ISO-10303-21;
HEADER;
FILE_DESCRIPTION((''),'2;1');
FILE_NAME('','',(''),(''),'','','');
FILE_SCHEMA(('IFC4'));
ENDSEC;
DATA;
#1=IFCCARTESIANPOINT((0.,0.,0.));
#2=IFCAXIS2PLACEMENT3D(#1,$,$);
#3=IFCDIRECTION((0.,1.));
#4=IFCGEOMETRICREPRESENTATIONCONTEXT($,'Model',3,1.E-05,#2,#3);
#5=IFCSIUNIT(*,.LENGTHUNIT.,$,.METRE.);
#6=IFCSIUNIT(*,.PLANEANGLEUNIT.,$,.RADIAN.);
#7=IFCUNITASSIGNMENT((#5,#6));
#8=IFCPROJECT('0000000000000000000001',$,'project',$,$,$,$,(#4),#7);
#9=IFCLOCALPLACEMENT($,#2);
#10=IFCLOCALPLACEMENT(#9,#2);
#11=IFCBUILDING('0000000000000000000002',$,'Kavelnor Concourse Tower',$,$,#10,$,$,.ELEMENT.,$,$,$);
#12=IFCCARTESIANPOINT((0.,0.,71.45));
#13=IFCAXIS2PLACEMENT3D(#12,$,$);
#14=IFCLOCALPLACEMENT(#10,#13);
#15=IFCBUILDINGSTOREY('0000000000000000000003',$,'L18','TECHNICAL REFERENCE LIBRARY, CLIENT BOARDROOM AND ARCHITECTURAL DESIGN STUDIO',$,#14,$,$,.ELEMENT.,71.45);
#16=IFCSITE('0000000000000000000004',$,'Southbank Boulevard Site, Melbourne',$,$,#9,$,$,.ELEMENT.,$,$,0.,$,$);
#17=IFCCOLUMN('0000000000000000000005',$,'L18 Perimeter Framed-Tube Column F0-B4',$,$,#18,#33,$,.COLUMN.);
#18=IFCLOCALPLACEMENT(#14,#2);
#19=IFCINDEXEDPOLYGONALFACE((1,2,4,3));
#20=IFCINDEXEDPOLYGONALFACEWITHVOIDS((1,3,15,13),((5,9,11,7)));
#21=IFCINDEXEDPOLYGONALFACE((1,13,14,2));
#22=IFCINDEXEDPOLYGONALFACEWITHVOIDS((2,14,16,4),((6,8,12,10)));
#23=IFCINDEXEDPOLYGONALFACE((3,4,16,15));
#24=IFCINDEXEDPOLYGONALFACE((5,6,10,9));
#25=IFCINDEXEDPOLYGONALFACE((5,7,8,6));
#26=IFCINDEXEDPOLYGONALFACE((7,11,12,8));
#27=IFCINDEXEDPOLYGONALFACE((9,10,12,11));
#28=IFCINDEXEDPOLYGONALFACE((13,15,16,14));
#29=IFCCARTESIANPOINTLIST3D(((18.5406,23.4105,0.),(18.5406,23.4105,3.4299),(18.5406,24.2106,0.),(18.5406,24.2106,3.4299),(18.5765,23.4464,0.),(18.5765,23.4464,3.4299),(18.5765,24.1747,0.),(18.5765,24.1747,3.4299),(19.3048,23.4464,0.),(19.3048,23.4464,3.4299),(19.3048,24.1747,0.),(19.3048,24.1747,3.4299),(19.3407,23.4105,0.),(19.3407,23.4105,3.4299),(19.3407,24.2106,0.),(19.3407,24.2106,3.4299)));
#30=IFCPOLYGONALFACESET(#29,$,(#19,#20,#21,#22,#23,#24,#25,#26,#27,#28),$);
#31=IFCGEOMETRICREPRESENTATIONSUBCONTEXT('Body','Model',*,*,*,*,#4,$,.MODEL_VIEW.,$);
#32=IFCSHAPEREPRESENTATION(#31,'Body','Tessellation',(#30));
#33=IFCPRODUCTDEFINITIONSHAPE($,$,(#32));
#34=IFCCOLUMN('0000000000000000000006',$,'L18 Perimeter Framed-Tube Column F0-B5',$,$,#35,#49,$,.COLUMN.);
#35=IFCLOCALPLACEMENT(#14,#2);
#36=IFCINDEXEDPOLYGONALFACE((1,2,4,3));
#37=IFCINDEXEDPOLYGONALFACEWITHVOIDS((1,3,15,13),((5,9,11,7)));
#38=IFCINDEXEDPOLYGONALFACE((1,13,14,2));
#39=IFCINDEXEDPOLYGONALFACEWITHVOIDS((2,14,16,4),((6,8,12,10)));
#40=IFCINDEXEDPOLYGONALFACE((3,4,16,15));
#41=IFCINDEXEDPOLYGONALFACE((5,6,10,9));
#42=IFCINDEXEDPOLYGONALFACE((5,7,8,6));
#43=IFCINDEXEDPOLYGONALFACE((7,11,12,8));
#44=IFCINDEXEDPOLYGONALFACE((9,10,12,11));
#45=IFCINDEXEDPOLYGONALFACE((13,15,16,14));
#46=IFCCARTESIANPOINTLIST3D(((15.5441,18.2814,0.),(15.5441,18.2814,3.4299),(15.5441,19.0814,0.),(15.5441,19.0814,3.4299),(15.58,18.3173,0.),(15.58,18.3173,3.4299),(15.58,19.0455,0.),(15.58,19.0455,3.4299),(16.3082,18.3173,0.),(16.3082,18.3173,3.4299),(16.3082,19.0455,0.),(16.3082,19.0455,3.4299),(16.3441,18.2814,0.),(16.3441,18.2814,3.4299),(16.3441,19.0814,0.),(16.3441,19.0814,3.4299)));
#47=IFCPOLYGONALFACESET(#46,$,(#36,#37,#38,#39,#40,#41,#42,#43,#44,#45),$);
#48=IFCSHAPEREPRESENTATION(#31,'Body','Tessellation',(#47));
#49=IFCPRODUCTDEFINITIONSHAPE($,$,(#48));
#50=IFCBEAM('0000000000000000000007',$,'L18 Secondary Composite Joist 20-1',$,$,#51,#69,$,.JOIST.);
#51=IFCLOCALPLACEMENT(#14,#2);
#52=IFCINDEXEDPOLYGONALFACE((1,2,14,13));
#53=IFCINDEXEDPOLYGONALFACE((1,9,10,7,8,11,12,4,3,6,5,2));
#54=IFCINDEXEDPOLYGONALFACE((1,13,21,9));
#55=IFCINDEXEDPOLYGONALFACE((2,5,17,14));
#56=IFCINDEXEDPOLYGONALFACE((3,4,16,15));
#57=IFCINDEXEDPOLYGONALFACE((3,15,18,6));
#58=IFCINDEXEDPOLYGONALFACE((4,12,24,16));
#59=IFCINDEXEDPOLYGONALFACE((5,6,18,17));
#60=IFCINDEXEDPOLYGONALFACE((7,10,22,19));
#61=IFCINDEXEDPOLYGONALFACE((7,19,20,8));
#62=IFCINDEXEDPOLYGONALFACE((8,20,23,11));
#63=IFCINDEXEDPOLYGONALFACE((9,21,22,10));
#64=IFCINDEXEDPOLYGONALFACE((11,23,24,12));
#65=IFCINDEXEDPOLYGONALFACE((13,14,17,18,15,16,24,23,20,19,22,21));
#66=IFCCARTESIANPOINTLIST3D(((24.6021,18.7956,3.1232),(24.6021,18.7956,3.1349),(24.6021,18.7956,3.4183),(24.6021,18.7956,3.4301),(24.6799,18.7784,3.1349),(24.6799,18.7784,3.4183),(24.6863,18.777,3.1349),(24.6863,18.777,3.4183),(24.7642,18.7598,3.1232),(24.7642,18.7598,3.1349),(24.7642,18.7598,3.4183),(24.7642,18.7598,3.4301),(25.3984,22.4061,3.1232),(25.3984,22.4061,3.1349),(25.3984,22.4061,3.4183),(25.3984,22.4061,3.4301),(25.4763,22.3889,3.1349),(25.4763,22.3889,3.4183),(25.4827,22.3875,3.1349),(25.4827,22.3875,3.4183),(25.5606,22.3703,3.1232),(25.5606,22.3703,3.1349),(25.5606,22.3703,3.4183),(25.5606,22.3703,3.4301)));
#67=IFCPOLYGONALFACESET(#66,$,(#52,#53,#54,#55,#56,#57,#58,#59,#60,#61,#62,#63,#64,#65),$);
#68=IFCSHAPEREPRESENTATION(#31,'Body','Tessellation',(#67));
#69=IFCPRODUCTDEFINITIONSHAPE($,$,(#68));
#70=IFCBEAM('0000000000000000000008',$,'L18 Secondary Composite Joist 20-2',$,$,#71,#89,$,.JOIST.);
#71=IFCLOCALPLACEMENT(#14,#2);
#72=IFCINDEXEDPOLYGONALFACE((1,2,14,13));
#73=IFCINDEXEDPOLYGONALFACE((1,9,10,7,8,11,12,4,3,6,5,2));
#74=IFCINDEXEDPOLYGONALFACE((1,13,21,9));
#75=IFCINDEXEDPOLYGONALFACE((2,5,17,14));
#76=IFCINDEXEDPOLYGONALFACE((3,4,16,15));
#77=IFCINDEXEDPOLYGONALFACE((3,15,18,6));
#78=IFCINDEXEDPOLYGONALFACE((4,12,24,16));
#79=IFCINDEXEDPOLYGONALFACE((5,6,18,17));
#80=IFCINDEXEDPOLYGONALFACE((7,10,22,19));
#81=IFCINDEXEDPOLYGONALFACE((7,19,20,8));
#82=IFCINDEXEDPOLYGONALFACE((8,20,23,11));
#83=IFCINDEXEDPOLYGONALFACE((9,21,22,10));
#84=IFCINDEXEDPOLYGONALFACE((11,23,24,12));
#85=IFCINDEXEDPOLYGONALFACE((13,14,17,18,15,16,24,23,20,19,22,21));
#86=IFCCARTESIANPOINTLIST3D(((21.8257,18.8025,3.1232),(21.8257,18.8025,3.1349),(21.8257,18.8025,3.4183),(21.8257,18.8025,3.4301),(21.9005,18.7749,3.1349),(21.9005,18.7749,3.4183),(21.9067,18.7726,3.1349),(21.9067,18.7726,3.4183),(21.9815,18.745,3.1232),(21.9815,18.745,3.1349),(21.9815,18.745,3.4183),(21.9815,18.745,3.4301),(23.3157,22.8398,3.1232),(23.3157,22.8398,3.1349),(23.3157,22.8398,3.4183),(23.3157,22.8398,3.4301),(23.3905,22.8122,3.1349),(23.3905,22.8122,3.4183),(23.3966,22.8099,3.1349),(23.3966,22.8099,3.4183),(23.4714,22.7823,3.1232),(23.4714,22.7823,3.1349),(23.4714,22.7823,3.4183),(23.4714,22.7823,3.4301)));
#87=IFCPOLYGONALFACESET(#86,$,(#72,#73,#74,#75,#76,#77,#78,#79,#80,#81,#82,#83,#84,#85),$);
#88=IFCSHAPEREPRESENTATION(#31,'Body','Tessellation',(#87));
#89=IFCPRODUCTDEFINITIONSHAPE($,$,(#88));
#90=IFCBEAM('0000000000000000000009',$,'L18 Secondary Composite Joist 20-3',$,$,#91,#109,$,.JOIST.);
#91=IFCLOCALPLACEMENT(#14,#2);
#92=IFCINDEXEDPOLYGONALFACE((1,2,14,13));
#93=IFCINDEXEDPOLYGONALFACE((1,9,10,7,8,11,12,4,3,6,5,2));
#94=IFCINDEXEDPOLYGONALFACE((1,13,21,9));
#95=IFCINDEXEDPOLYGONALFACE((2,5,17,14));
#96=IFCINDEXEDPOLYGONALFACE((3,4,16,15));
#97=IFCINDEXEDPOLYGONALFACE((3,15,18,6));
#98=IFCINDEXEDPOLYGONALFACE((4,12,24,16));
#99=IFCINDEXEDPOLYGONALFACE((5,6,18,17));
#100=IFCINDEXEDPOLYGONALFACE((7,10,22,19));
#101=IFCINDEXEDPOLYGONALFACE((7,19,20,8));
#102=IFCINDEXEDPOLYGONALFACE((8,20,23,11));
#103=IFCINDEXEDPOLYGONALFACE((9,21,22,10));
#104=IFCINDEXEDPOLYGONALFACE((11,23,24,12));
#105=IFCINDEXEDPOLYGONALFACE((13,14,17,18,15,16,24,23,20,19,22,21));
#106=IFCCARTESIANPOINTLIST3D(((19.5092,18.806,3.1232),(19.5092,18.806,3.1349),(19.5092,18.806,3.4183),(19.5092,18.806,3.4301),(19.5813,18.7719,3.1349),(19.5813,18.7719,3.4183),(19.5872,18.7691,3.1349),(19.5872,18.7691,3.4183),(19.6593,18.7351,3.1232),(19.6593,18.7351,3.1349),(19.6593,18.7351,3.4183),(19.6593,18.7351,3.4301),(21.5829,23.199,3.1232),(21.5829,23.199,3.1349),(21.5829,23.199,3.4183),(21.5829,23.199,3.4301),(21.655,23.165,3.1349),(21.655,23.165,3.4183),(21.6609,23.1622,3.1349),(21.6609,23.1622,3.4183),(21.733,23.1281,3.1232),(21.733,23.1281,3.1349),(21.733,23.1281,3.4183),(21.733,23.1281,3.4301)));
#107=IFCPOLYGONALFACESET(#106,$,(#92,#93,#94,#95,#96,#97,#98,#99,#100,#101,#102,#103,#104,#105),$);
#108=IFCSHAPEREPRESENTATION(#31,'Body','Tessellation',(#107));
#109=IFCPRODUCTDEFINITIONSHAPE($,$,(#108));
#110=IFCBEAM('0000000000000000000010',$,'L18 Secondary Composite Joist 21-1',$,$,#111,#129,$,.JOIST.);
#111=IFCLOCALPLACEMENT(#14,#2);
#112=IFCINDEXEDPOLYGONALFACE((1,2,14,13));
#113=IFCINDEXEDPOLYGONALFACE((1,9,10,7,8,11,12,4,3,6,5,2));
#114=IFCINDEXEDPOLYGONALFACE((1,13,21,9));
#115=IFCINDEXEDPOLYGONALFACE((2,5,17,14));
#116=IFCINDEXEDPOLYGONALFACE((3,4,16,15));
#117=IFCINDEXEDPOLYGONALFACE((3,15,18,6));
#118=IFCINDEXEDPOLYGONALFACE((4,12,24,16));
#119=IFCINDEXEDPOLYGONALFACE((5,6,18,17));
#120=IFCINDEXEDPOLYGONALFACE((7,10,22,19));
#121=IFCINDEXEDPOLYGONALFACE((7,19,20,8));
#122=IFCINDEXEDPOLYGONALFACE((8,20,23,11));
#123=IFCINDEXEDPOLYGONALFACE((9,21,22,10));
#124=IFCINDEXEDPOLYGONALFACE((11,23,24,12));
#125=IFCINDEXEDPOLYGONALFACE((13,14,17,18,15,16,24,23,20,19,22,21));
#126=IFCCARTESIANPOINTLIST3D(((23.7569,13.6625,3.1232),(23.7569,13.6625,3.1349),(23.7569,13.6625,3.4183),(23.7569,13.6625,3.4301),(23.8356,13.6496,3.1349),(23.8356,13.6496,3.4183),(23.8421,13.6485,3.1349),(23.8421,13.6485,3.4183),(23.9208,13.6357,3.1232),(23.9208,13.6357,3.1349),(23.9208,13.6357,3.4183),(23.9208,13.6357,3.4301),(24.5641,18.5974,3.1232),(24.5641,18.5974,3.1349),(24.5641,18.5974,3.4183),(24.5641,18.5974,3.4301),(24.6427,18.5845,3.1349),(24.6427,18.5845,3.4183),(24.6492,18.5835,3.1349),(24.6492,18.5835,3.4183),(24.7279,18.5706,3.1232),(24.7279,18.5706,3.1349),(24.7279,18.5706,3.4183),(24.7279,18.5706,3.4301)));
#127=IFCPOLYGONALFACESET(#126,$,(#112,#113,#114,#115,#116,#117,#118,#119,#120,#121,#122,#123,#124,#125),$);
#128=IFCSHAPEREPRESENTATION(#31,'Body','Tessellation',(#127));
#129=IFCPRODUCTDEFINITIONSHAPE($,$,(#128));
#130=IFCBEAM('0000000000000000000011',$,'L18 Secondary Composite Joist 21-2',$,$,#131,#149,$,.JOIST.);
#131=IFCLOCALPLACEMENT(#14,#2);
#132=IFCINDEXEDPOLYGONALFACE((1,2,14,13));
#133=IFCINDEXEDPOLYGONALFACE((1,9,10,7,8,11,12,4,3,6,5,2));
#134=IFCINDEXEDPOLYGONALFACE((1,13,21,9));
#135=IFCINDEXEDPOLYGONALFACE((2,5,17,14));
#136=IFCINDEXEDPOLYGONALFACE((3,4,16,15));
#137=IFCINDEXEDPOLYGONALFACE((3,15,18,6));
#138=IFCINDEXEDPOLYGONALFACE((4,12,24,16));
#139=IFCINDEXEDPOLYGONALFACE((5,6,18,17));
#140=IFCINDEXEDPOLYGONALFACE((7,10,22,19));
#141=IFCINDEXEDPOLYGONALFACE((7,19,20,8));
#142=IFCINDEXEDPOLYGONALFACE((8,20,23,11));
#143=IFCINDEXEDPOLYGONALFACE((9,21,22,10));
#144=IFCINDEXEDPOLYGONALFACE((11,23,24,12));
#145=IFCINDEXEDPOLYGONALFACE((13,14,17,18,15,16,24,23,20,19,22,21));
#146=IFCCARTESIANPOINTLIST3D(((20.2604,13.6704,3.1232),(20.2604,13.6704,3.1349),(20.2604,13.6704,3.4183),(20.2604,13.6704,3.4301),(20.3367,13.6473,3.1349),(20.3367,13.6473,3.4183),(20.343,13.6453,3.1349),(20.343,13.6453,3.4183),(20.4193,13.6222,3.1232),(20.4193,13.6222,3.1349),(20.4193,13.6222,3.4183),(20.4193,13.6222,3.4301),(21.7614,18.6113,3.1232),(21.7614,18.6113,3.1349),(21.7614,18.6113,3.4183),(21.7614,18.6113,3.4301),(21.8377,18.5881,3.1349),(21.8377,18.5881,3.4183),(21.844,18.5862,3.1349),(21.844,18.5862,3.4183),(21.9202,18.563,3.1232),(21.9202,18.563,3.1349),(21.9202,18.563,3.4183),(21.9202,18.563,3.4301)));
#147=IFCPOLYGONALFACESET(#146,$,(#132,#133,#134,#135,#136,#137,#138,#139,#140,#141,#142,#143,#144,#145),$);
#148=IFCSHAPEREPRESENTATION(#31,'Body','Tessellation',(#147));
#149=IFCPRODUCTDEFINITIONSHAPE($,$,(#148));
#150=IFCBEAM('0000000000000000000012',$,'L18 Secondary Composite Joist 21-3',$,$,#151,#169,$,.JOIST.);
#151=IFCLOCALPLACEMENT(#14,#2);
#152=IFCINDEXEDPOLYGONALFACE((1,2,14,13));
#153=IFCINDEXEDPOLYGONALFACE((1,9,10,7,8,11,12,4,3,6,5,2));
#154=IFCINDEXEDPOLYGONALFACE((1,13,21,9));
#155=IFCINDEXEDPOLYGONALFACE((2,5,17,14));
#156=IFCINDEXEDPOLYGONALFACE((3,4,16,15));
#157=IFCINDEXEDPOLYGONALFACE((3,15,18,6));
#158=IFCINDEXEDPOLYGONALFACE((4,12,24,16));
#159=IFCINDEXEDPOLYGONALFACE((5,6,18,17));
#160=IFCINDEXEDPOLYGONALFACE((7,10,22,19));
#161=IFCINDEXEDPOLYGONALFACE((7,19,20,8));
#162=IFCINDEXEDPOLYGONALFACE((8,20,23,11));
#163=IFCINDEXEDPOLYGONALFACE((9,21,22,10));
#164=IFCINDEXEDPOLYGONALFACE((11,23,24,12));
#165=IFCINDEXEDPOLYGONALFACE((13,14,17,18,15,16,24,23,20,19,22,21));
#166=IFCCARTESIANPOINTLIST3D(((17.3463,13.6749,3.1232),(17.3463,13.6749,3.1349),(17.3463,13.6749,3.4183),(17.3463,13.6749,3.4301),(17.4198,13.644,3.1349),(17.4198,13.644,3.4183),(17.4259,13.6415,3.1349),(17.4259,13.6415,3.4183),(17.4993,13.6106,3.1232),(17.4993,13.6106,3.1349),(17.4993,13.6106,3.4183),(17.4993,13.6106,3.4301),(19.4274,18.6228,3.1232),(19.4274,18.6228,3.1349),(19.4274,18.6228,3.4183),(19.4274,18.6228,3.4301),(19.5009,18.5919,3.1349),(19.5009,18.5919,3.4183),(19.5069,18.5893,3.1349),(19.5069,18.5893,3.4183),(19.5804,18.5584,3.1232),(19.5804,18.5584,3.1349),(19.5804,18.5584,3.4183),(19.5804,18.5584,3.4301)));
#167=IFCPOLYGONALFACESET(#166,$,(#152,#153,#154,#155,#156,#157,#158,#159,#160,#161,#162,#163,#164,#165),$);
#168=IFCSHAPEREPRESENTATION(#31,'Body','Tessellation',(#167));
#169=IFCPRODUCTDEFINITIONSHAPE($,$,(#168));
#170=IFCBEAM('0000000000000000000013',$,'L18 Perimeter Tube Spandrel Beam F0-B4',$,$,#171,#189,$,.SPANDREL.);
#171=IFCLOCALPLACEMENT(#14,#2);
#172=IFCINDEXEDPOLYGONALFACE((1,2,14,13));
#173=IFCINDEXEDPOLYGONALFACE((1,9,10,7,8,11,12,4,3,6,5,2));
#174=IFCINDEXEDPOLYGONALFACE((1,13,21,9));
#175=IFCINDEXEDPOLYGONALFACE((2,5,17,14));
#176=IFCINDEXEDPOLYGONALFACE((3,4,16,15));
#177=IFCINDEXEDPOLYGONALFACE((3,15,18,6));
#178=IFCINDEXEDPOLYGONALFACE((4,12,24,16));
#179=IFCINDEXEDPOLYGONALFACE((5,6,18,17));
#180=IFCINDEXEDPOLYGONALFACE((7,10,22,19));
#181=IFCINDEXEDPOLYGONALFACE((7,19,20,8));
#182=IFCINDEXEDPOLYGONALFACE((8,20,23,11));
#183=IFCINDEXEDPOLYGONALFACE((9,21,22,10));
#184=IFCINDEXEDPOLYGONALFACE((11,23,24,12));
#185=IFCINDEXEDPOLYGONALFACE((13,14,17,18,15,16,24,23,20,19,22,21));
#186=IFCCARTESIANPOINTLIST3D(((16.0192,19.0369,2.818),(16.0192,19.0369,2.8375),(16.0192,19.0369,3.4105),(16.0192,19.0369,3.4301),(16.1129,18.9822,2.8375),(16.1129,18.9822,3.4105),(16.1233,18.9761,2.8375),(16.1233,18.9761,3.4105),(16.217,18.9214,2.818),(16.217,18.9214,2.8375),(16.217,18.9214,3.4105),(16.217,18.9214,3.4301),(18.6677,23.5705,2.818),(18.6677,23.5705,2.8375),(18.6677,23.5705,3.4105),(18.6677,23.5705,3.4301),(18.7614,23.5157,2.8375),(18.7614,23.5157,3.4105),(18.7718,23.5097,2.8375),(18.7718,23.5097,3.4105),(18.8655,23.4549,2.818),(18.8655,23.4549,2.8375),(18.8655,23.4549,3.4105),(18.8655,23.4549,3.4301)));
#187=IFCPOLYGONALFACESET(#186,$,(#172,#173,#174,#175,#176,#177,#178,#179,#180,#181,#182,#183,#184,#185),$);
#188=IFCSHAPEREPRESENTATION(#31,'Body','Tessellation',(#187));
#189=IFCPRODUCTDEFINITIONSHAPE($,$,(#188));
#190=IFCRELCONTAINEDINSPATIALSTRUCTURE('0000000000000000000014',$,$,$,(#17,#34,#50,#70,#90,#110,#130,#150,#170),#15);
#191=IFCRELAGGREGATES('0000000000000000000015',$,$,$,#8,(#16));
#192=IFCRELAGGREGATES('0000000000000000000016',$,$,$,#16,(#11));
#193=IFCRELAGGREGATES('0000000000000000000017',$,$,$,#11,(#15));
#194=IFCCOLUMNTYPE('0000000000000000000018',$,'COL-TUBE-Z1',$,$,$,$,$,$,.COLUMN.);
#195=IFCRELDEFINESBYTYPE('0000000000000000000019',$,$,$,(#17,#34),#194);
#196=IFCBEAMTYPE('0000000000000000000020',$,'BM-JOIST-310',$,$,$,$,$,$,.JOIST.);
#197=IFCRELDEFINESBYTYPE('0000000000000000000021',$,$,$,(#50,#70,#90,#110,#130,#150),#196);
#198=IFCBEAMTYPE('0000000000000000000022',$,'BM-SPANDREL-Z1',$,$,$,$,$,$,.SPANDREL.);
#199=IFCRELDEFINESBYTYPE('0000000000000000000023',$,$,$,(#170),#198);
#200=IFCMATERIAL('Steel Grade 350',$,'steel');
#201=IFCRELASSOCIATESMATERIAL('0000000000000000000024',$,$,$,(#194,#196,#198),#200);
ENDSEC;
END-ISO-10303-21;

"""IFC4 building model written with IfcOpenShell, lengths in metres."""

from ifc_helpers import new_model, si_unit, direction, frame, origin, origin_2d, place, context, subcontext, project, spatial, hollow_rectangle, i_section, extrude, material, material_profile, profile_set, type_object, element, save


model = new_model("IFC4")

# Units and contexts
model_context = context("Model", 3, precision=1e-05, world=origin(), true_north=direction((0.0, 1.0)))
body_context = subcontext(model_context, "Body", "Model", "MODEL_VIEW")
ifc_project = project(units=[si_unit("LENGTHUNIT", "METRE"), si_unit("PLANEANGLEUNIT", "RADIAN")], contexts=[model_context])

# Site, building, storey
site_placement = place(None, origin())
site = spatial("IfcSite", under=ifc_project, at=site_placement, Name="Southbank Boulevard Site, Melbourne", CompositionType="ELEMENT", RefElevation=0.0)
building_placement = place(site_placement, origin())
building = spatial("IfcBuilding", under=site, at=building_placement, Name="Kavelnor Concourse Tower", CompositionType="ELEMENT")
storey_placement = place(building_placement, frame((0.0, 0.0, 71.45)))
storey = spatial("IfcBuildingStorey", under=building, at=storey_placement, Name="L18", Description="TECHNICAL REFERENCE LIBRARY, CLIENT BOARDROOM AND ARCHITECTURAL DESIGN STUDIO", CompositionType="ELEMENT", Elevation=71.45)

# Columns
ifc_material_1 = material(Name="Steel Grade 350", Category="steel")
ifc_material_profile_1 = material_profile(ifc_material_1, hollow_rectangle(XDim=0.8, YDim=0.8, WallThickness=0.0359, at=origin_2d()), Name="SHS 800x800x36")
ifc_profile_set_1 = profile_set([ifc_material_profile_1], Name="Steel Grade 350")
column_type = type_object("IfcColumnType", Name="COL-TUBE-Z1", PredefinedType="COLUMN", material=ifc_profile_set_1)
for number, where, z_axis, x_axis, name in (
    (1, (18.9407, 23.8105, 0.0), (0.0, 0.0, 1.0), (1.0, 0.0, 0.0), "L18 Perimeter Framed-Tube Column F0-B4"),
    (2, (15.9441, 18.6814, 0.0), (0.0, 0.0, 1.0), (1.0, 0.0, 0.0), "L18 Perimeter Framed-Tube Column F0-B5"),
):
    element("IfcColumn", number, at=place(storey_placement, frame(where, z_axis=z_axis, x_axis=x_axis)), inside=storey, type_object=column_type, Name=name, PredefinedType="COLUMN", context=body_context, shape_type="SweptSolid", body=[
        extrude(hollow_rectangle(XDim=0.8, YDim=0.8, WallThickness=0.0359, at=origin_2d()), origin(), (0.0, 0.0, 1.0), 3.4299),
    ])

# Beams
ifc_material_profile_2 = material_profile(ifc_material_1, i_section(OverallWidth=0.166, OverallDepth=0.3069, WebThickness=0.0066, FlangeThickness=0.0117, at=origin_2d()), Name="310UB46")
ifc_profile_set_2 = profile_set([ifc_material_profile_2], Name="Steel Grade 350")
beam_type_1 = type_object("IfcBeamType", Name="BM-JOIST-310", PredefinedType="JOIST", material=ifc_profile_set_2)
beam_1_placement = place(storey_placement, frame((25.4795, 22.3882, 3.2766), z_axis=(-0.215392, -0.976528, 0.0), x_axis=(0.976528, -0.215392, 0.0)))
element("IfcBeam", 3, at=beam_1_placement, inside=storey, type_object=beam_type_1, Name="L18 Secondary Composite Joist 20-1", PredefinedType="JOIST", context=body_context, shape_type="SweptSolid", body=[
    extrude(i_section(OverallWidth=0.166, OverallDepth=0.3069, WebThickness=0.0066, FlangeThickness=0.0117, at=origin_2d()), origin(), (0.0, 0.0, 1.0), 3.6973),
])
beam_2_placement = place(storey_placement, frame((23.3936, 22.811, 3.2766), z_axis=(-0.346226, -0.938151, 0.0), x_axis=(0.938151, -0.346226, 0.0)))
element("IfcBeam", 4, at=beam_2_placement, inside=storey, type_object=beam_type_1, Name="L18 Secondary Composite Joist 20-2", PredefinedType="JOIST", context=body_context, shape_type="SweptSolid", body=[
    extrude(i_section(OverallWidth=0.166, OverallDepth=0.3069, WebThickness=0.0066, FlangeThickness=0.0117, at=origin_2d()), origin(), (0.0, 0.0, 1.0), 4.3035),
])
beam_3_placement = place(storey_placement, frame((21.658, 23.1636, 3.2766), z_axis=(-0.426876, -0.90431, 0.0), x_axis=(0.90431, -0.426876, 0.0)))
element("IfcBeam", 5, at=beam_3_placement, inside=storey, type_object=beam_type_1, Name="L18 Secondary Composite Joist 20-3", PredefinedType="JOIST", context=body_context, shape_type="SweptSolid", body=[
    extrude(i_section(OverallWidth=0.166, OverallDepth=0.3069, WebThickness=0.0066, FlangeThickness=0.0117, at=origin_2d()), origin(), (0.0, 0.0, 1.0), 4.8579),
])
beam_4_placement = place(storey_placement, frame((24.646, 18.584, 3.2766), z_axis=(-0.161413, -0.986887, 0.0), x_axis=(0.986887, -0.161413, 0.0)))
element("IfcBeam", 6, at=beam_4_placement, inside=storey, type_object=beam_type_1, Name="L18 Secondary Composite Joist 21-1", PredefinedType="JOIST", context=body_context, shape_type="SweptSolid", body=[
    extrude(i_section(OverallWidth=0.166, OverallDepth=0.3069, WebThickness=0.0066, FlangeThickness=0.0117, at=origin_2d()), origin(), (0.0, 0.0, 1.0), 5.0005),
])
beam_5_placement = place(storey_placement, frame((21.8408, 18.5872, 3.2766), z_axis=(-0.290669, -0.956824, 0.0), x_axis=(0.956824, -0.290669, 0.0)))
element("IfcBeam", 7, at=beam_5_placement, inside=storey, type_object=beam_type_1, Name="L18 Secondary Composite Joist 21-2", PredefinedType="JOIST", context=body_context, shape_type="SweptSolid", body=[
    extrude(i_section(OverallWidth=0.166, OverallDepth=0.3069, WebThickness=0.0066, FlangeThickness=0.0117, at=origin_2d()), origin(), (0.0, 0.0, 1.0), 5.1638),
])
beam_6_placement = place(storey_placement, frame((19.5039, 18.5906, 3.2766), z_axis=(-0.387707, -0.921783, 0.0), x_axis=(0.921783, -0.387707, 0.0)))
element("IfcBeam", 8, at=beam_6_placement, inside=storey, type_object=beam_type_1, Name="L18 Secondary Composite Joist 21-3", PredefinedType="JOIST", context=body_context, shape_type="SweptSolid", body=[
    extrude(i_section(OverallWidth=0.166, OverallDepth=0.3069, WebThickness=0.0066, FlangeThickness=0.0117, at=origin_2d()), origin(), (0.0, 0.0, 1.0), 5.3677),
])
ifc_material_profile_3 = material_profile(ifc_material_1, i_section(OverallWidth=0.229, OverallDepth=0.6121, WebThickness=0.012, FlangeThickness=0.0195, at=origin_2d()), Name="610UB125")
ifc_profile_set_3 = profile_set([ifc_material_profile_3], Name="Steel Grade 350")
beam_type_2 = type_object("IfcBeamType", Name="BM-SPANDREL-Z1", PredefinedType="SPANDREL", material=ifc_profile_set_3)
for number, where, z_axis, x_axis, name in (
    (9, (18.7666, 23.5127, 3.124), (-0.504429, -0.863453, 0.0), (0.863453, -0.504429, 0.0), "L18 Perimeter Tube Spandrel Beam F0-B4"),
):
    element("IfcBeam", number, at=place(storey_placement, frame(where, z_axis=z_axis, x_axis=x_axis)), inside=storey, type_object=beam_type_2, Name=name, PredefinedType="SPANDREL", context=body_context, shape_type="SweptSolid", body=[
        extrude(i_section(OverallWidth=0.229, OverallDepth=0.6121, WebThickness=0.012, FlangeThickness=0.0195, at=origin_2d()), origin(), (0.0, 0.0, 1.0), 5.2505),
    ])

save(model, "model.ifc")
